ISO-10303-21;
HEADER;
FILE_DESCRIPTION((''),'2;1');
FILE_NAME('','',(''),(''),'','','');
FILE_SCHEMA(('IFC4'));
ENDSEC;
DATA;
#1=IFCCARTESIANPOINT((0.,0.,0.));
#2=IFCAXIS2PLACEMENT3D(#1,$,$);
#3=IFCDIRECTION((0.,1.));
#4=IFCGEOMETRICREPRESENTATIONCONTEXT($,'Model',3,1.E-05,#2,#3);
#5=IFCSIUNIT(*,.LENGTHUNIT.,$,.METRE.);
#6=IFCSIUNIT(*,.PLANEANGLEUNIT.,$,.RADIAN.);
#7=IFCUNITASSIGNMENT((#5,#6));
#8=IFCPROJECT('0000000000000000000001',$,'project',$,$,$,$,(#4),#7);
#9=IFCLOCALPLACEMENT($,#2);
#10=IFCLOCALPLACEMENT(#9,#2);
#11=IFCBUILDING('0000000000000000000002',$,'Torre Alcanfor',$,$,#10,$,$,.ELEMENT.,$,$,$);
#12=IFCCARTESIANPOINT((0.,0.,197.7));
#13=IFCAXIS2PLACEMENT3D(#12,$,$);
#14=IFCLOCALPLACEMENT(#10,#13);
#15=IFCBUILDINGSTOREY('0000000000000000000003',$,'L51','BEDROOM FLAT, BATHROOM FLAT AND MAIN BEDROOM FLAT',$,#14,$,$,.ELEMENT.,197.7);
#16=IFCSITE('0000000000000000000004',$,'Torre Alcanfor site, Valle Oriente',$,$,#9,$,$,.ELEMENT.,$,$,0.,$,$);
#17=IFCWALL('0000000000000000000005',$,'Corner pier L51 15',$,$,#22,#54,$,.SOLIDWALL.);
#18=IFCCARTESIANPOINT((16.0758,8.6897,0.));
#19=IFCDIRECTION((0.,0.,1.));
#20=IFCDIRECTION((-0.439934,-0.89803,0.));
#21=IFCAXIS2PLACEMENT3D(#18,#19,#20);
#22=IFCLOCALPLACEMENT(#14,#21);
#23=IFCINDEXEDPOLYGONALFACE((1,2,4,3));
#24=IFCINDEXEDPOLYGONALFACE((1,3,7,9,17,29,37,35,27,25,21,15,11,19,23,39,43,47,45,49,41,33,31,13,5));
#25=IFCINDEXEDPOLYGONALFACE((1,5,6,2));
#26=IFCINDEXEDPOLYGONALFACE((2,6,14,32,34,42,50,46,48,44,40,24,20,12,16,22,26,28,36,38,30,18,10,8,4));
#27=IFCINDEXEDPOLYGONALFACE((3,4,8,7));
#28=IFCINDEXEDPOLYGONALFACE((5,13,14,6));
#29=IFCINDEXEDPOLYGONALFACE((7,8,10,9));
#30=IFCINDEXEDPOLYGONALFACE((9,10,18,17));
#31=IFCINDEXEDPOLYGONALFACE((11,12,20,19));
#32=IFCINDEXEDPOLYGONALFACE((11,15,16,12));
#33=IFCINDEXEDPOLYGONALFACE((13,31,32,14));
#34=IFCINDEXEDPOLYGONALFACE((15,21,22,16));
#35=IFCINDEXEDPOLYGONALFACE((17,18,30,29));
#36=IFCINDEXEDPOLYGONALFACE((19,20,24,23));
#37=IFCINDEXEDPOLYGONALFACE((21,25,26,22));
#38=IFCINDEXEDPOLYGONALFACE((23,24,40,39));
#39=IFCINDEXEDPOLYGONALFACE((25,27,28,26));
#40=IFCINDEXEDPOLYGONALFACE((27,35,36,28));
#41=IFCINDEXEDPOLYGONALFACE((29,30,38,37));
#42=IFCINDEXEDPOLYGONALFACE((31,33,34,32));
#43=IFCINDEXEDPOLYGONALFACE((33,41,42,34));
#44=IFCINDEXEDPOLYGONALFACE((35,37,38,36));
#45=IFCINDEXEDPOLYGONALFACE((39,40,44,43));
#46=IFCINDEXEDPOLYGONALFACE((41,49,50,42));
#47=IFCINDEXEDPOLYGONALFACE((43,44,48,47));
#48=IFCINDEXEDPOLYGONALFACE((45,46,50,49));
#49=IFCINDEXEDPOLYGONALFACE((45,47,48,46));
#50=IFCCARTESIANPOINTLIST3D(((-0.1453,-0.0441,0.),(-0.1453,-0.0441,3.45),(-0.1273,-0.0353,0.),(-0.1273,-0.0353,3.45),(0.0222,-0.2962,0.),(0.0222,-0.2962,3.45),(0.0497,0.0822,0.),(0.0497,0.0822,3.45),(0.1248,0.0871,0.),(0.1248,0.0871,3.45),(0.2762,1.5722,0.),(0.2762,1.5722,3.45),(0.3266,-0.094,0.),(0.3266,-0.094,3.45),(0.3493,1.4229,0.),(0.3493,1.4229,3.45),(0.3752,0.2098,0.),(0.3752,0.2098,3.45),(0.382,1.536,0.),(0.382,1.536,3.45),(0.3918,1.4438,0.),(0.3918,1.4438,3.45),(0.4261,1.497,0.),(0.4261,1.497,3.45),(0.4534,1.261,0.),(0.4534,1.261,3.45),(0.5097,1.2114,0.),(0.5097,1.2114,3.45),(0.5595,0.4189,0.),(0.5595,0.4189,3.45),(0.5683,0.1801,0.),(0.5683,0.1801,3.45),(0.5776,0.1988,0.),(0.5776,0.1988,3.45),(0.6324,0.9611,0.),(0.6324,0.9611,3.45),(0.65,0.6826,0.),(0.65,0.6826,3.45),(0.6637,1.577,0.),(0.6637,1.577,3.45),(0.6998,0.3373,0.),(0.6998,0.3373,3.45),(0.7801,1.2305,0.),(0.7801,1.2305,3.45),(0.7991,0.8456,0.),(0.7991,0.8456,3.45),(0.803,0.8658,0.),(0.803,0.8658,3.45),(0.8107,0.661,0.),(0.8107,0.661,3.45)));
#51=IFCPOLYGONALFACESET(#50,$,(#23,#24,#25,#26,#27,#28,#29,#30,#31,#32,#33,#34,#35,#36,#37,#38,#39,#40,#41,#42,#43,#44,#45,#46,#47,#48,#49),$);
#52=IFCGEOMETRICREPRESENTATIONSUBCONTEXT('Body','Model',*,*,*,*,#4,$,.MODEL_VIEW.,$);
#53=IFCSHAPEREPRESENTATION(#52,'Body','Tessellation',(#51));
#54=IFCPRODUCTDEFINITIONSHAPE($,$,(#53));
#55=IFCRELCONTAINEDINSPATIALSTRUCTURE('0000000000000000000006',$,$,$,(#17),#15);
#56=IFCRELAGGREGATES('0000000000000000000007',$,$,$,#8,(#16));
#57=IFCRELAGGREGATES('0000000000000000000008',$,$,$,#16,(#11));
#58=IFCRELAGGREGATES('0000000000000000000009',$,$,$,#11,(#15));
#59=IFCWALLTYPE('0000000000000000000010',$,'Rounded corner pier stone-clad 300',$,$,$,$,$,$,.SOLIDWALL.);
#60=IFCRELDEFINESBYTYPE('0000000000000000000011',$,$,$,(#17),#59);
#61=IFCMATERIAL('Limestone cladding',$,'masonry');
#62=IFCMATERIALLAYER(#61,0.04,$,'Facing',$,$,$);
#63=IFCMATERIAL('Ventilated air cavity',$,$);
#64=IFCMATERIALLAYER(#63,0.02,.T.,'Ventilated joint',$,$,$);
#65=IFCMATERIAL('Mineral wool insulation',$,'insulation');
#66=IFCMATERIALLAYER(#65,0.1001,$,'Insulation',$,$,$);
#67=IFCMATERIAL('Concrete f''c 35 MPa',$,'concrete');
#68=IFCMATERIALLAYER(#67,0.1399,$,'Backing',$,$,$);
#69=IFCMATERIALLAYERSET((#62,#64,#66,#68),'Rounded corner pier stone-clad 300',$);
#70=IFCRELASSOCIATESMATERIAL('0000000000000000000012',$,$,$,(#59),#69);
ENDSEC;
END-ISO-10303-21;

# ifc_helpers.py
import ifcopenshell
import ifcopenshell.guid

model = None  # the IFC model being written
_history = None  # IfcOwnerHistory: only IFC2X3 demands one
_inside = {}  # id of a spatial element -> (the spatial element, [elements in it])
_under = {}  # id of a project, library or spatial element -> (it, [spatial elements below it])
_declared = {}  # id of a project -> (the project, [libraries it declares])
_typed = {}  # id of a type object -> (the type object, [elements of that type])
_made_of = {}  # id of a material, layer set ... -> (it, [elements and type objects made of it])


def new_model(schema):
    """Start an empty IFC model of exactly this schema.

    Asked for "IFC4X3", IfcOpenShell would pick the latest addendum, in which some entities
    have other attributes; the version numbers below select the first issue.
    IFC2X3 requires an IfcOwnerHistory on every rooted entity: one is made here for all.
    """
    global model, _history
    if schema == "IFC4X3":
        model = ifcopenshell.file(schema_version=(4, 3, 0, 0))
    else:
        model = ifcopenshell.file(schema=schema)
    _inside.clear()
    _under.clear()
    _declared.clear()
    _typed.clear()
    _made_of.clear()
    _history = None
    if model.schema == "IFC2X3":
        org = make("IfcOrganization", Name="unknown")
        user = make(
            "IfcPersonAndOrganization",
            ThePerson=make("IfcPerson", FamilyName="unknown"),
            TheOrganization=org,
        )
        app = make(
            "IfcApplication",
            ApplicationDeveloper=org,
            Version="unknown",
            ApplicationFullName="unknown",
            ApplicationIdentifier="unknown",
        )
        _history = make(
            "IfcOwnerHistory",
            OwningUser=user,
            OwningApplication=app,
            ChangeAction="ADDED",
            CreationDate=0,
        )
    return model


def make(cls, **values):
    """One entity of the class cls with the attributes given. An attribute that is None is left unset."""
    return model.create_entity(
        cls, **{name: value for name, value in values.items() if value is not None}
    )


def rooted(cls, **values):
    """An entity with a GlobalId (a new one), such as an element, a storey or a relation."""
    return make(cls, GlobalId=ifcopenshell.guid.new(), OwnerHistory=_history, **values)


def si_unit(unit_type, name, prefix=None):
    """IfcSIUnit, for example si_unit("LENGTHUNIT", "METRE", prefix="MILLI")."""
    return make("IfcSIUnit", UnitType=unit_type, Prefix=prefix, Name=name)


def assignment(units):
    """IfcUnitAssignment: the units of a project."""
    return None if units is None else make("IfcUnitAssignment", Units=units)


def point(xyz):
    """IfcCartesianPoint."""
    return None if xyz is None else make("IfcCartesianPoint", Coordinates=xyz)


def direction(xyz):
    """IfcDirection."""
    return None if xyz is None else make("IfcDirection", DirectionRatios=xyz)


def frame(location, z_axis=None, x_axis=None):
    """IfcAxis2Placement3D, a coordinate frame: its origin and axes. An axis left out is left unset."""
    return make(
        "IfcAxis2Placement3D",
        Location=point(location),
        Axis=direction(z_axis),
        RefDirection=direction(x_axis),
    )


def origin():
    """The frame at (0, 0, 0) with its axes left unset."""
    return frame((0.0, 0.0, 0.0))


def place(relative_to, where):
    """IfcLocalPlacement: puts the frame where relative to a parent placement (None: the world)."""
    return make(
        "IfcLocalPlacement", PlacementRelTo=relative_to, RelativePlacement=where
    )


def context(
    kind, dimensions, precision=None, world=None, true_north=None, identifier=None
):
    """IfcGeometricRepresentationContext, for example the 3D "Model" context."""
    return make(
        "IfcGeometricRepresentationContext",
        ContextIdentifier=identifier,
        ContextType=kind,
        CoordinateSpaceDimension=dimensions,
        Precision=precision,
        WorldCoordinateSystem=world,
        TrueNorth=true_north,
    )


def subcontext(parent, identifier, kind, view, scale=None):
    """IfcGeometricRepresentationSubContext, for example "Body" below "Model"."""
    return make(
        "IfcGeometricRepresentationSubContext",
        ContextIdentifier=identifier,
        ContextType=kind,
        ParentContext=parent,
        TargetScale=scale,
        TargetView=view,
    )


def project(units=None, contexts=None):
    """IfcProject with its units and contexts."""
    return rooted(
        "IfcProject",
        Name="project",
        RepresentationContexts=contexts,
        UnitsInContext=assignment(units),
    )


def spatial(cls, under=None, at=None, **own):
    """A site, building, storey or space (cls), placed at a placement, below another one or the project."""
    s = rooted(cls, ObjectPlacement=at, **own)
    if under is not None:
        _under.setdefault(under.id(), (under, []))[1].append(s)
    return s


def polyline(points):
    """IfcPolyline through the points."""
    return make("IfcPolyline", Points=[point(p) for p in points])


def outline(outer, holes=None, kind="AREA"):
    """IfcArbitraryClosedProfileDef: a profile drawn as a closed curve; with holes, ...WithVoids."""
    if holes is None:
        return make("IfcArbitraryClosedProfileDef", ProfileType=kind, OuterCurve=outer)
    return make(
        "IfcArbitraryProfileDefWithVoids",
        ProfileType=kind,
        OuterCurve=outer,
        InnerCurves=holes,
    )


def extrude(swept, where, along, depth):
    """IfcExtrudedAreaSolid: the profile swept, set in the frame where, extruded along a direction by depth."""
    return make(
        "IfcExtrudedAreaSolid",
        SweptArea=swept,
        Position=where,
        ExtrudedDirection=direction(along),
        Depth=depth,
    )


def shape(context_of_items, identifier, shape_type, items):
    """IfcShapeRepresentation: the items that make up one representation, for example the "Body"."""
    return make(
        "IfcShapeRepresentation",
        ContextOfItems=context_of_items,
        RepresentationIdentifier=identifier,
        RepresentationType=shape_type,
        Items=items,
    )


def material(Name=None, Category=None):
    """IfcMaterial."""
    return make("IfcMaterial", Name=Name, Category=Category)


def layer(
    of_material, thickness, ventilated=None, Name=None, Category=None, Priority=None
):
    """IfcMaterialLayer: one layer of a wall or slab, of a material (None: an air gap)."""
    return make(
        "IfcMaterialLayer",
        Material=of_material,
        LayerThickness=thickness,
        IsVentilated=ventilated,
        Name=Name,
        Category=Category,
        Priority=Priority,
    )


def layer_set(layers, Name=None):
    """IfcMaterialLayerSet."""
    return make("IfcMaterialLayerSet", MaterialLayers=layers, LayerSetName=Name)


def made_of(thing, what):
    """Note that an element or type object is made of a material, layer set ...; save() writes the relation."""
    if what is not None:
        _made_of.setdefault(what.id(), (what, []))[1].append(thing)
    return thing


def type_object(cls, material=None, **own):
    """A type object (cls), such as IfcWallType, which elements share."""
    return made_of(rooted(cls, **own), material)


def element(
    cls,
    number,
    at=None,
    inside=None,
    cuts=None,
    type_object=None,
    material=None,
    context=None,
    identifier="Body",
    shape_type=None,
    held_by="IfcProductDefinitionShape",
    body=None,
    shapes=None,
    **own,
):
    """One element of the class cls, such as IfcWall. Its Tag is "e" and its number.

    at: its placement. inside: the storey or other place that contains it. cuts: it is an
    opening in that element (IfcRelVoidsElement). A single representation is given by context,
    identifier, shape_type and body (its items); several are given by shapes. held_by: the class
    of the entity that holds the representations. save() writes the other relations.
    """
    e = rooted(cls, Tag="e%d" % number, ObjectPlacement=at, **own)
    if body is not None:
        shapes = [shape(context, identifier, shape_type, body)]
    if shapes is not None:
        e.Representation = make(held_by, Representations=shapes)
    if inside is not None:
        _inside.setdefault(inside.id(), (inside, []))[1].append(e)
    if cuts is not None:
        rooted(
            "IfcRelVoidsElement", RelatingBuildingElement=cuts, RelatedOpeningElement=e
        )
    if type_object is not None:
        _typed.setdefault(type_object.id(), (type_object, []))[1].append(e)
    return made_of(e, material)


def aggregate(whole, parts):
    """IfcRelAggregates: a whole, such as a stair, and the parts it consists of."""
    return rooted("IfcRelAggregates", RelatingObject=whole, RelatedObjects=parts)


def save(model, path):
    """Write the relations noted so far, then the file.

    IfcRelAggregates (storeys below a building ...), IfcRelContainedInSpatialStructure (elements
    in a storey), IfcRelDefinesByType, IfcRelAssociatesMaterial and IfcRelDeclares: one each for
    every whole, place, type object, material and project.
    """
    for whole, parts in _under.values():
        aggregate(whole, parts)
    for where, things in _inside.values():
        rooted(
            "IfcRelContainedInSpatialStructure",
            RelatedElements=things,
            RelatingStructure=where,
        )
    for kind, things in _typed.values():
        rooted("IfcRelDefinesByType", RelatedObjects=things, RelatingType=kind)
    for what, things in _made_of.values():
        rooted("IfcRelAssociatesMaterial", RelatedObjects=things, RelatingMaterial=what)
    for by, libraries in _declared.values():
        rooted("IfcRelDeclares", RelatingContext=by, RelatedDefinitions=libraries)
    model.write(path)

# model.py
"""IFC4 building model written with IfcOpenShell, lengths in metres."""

from ifc_helpers import new_model, si_unit, direction, frame, origin, place, context, subcontext, project, spatial, polyline, outline, extrude, material, layer, layer_set, type_object, element, save


model = new_model("IFC4")

# Units and contexts
model_context = context("Model", 3, precision=1e-05, world=origin(), true_north=direction((0.0, 1.0)))
body_context = subcontext(model_context, "Body", "Model", "MODEL_VIEW")
ifc_project = project(units=[si_unit("LENGTHUNIT", "METRE"), si_unit("PLANEANGLEUNIT", "RADIAN")], contexts=[model_context])

# Site, building, storey
site_placement = place(None, origin())
site = spatial("IfcSite", under=ifc_project, at=site_placement, Name="Torre Alcanfor site, Valle Oriente", CompositionType="ELEMENT", RefElevation=0.0)
building_placement = place(site_placement, origin())
building = spatial("IfcBuilding", under=site, at=building_placement, Name="Torre Alcanfor", CompositionType="ELEMENT")
storey_placement = place(building_placement, frame((0.0, 0.0, 197.7)))
storey = spatial("IfcBuildingStorey", under=building, at=storey_placement, Name="L51", Description="BEDROOM FLAT, BATHROOM FLAT AND MAIN BEDROOM FLAT", CompositionType="ELEMENT", Elevation=197.7)

# Shared definitions
ifc_material_1 = material(Name="Limestone cladding", Category="masonry")
ifc_material_2 = material(Name="Ventilated air cavity")
ifc_material_3 = material(Name="Mineral wool insulation", Category="insulation")
ifc_material_4 = material(Name="Concrete f'c 35 MPa", Category="concrete")

# Wall
ifc_layer_1 = layer(ifc_material_1, 0.04, Name="Facing")
ifc_layer_2 = layer(ifc_material_2, 0.02, ventilated=True, Name="Ventilated joint")
ifc_layer_3 = layer(ifc_material_3, 0.1001, Name="Insulation")
ifc_layer_4 = layer(ifc_material_4, 0.1399, Name="Backing")
ifc_layer_set_1 = layer_set([ifc_layer_1, ifc_layer_2, ifc_layer_3, ifc_layer_4], Name="Rounded corner pier stone-clad 300")
wall_type_1 = type_object("IfcWallType", Name="Rounded corner pier stone-clad 300", PredefinedType="SOLIDWALL", material=ifc_layer_set_1)
wall_1_placement = place(storey_placement, frame((16.0758, 8.6897, 0.0), z_axis=(0.0, 0.0, 1.0), x_axis=(-0.439934, -0.89803, 0.0)))
element("IfcWall", 1, at=wall_1_placement, inside=storey, type_object=wall_type_1, Name="Corner pier L51 15", PredefinedType="SOLIDWALL", context=body_context, shape_type="SweptSolid", body=[
    extrude(outline(polyline([(0.6637, 1.577), (0.4261, 1.497), (0.382, 1.536), (0.2762, 1.5722), (0.3493, 1.4229), (0.3918, 1.4438), (0.4534, 1.261), (0.5097, 1.2114), (0.6324, 0.9611), (0.65, 0.6826), (0.5595, 0.4189), (0.3752, 0.2098), (0.1248, 0.0871), (0.0497, 0.0822), (-0.1273, -0.0353), (-0.1453, -0.0441), (0.0222, -0.2962), (0.3266, -0.094), (0.5683, 0.1801), (0.5776, 0.1988), (0.6998, 0.3373), (0.8107, 0.661), (0.7991, 0.8456), (0.803, 0.8658), (0.7801, 1.2305), (0.6637, 1.577)])), origin(), (0.0, 0.0, 1.0), 3.45),
])

save(model, "model.ifc")
